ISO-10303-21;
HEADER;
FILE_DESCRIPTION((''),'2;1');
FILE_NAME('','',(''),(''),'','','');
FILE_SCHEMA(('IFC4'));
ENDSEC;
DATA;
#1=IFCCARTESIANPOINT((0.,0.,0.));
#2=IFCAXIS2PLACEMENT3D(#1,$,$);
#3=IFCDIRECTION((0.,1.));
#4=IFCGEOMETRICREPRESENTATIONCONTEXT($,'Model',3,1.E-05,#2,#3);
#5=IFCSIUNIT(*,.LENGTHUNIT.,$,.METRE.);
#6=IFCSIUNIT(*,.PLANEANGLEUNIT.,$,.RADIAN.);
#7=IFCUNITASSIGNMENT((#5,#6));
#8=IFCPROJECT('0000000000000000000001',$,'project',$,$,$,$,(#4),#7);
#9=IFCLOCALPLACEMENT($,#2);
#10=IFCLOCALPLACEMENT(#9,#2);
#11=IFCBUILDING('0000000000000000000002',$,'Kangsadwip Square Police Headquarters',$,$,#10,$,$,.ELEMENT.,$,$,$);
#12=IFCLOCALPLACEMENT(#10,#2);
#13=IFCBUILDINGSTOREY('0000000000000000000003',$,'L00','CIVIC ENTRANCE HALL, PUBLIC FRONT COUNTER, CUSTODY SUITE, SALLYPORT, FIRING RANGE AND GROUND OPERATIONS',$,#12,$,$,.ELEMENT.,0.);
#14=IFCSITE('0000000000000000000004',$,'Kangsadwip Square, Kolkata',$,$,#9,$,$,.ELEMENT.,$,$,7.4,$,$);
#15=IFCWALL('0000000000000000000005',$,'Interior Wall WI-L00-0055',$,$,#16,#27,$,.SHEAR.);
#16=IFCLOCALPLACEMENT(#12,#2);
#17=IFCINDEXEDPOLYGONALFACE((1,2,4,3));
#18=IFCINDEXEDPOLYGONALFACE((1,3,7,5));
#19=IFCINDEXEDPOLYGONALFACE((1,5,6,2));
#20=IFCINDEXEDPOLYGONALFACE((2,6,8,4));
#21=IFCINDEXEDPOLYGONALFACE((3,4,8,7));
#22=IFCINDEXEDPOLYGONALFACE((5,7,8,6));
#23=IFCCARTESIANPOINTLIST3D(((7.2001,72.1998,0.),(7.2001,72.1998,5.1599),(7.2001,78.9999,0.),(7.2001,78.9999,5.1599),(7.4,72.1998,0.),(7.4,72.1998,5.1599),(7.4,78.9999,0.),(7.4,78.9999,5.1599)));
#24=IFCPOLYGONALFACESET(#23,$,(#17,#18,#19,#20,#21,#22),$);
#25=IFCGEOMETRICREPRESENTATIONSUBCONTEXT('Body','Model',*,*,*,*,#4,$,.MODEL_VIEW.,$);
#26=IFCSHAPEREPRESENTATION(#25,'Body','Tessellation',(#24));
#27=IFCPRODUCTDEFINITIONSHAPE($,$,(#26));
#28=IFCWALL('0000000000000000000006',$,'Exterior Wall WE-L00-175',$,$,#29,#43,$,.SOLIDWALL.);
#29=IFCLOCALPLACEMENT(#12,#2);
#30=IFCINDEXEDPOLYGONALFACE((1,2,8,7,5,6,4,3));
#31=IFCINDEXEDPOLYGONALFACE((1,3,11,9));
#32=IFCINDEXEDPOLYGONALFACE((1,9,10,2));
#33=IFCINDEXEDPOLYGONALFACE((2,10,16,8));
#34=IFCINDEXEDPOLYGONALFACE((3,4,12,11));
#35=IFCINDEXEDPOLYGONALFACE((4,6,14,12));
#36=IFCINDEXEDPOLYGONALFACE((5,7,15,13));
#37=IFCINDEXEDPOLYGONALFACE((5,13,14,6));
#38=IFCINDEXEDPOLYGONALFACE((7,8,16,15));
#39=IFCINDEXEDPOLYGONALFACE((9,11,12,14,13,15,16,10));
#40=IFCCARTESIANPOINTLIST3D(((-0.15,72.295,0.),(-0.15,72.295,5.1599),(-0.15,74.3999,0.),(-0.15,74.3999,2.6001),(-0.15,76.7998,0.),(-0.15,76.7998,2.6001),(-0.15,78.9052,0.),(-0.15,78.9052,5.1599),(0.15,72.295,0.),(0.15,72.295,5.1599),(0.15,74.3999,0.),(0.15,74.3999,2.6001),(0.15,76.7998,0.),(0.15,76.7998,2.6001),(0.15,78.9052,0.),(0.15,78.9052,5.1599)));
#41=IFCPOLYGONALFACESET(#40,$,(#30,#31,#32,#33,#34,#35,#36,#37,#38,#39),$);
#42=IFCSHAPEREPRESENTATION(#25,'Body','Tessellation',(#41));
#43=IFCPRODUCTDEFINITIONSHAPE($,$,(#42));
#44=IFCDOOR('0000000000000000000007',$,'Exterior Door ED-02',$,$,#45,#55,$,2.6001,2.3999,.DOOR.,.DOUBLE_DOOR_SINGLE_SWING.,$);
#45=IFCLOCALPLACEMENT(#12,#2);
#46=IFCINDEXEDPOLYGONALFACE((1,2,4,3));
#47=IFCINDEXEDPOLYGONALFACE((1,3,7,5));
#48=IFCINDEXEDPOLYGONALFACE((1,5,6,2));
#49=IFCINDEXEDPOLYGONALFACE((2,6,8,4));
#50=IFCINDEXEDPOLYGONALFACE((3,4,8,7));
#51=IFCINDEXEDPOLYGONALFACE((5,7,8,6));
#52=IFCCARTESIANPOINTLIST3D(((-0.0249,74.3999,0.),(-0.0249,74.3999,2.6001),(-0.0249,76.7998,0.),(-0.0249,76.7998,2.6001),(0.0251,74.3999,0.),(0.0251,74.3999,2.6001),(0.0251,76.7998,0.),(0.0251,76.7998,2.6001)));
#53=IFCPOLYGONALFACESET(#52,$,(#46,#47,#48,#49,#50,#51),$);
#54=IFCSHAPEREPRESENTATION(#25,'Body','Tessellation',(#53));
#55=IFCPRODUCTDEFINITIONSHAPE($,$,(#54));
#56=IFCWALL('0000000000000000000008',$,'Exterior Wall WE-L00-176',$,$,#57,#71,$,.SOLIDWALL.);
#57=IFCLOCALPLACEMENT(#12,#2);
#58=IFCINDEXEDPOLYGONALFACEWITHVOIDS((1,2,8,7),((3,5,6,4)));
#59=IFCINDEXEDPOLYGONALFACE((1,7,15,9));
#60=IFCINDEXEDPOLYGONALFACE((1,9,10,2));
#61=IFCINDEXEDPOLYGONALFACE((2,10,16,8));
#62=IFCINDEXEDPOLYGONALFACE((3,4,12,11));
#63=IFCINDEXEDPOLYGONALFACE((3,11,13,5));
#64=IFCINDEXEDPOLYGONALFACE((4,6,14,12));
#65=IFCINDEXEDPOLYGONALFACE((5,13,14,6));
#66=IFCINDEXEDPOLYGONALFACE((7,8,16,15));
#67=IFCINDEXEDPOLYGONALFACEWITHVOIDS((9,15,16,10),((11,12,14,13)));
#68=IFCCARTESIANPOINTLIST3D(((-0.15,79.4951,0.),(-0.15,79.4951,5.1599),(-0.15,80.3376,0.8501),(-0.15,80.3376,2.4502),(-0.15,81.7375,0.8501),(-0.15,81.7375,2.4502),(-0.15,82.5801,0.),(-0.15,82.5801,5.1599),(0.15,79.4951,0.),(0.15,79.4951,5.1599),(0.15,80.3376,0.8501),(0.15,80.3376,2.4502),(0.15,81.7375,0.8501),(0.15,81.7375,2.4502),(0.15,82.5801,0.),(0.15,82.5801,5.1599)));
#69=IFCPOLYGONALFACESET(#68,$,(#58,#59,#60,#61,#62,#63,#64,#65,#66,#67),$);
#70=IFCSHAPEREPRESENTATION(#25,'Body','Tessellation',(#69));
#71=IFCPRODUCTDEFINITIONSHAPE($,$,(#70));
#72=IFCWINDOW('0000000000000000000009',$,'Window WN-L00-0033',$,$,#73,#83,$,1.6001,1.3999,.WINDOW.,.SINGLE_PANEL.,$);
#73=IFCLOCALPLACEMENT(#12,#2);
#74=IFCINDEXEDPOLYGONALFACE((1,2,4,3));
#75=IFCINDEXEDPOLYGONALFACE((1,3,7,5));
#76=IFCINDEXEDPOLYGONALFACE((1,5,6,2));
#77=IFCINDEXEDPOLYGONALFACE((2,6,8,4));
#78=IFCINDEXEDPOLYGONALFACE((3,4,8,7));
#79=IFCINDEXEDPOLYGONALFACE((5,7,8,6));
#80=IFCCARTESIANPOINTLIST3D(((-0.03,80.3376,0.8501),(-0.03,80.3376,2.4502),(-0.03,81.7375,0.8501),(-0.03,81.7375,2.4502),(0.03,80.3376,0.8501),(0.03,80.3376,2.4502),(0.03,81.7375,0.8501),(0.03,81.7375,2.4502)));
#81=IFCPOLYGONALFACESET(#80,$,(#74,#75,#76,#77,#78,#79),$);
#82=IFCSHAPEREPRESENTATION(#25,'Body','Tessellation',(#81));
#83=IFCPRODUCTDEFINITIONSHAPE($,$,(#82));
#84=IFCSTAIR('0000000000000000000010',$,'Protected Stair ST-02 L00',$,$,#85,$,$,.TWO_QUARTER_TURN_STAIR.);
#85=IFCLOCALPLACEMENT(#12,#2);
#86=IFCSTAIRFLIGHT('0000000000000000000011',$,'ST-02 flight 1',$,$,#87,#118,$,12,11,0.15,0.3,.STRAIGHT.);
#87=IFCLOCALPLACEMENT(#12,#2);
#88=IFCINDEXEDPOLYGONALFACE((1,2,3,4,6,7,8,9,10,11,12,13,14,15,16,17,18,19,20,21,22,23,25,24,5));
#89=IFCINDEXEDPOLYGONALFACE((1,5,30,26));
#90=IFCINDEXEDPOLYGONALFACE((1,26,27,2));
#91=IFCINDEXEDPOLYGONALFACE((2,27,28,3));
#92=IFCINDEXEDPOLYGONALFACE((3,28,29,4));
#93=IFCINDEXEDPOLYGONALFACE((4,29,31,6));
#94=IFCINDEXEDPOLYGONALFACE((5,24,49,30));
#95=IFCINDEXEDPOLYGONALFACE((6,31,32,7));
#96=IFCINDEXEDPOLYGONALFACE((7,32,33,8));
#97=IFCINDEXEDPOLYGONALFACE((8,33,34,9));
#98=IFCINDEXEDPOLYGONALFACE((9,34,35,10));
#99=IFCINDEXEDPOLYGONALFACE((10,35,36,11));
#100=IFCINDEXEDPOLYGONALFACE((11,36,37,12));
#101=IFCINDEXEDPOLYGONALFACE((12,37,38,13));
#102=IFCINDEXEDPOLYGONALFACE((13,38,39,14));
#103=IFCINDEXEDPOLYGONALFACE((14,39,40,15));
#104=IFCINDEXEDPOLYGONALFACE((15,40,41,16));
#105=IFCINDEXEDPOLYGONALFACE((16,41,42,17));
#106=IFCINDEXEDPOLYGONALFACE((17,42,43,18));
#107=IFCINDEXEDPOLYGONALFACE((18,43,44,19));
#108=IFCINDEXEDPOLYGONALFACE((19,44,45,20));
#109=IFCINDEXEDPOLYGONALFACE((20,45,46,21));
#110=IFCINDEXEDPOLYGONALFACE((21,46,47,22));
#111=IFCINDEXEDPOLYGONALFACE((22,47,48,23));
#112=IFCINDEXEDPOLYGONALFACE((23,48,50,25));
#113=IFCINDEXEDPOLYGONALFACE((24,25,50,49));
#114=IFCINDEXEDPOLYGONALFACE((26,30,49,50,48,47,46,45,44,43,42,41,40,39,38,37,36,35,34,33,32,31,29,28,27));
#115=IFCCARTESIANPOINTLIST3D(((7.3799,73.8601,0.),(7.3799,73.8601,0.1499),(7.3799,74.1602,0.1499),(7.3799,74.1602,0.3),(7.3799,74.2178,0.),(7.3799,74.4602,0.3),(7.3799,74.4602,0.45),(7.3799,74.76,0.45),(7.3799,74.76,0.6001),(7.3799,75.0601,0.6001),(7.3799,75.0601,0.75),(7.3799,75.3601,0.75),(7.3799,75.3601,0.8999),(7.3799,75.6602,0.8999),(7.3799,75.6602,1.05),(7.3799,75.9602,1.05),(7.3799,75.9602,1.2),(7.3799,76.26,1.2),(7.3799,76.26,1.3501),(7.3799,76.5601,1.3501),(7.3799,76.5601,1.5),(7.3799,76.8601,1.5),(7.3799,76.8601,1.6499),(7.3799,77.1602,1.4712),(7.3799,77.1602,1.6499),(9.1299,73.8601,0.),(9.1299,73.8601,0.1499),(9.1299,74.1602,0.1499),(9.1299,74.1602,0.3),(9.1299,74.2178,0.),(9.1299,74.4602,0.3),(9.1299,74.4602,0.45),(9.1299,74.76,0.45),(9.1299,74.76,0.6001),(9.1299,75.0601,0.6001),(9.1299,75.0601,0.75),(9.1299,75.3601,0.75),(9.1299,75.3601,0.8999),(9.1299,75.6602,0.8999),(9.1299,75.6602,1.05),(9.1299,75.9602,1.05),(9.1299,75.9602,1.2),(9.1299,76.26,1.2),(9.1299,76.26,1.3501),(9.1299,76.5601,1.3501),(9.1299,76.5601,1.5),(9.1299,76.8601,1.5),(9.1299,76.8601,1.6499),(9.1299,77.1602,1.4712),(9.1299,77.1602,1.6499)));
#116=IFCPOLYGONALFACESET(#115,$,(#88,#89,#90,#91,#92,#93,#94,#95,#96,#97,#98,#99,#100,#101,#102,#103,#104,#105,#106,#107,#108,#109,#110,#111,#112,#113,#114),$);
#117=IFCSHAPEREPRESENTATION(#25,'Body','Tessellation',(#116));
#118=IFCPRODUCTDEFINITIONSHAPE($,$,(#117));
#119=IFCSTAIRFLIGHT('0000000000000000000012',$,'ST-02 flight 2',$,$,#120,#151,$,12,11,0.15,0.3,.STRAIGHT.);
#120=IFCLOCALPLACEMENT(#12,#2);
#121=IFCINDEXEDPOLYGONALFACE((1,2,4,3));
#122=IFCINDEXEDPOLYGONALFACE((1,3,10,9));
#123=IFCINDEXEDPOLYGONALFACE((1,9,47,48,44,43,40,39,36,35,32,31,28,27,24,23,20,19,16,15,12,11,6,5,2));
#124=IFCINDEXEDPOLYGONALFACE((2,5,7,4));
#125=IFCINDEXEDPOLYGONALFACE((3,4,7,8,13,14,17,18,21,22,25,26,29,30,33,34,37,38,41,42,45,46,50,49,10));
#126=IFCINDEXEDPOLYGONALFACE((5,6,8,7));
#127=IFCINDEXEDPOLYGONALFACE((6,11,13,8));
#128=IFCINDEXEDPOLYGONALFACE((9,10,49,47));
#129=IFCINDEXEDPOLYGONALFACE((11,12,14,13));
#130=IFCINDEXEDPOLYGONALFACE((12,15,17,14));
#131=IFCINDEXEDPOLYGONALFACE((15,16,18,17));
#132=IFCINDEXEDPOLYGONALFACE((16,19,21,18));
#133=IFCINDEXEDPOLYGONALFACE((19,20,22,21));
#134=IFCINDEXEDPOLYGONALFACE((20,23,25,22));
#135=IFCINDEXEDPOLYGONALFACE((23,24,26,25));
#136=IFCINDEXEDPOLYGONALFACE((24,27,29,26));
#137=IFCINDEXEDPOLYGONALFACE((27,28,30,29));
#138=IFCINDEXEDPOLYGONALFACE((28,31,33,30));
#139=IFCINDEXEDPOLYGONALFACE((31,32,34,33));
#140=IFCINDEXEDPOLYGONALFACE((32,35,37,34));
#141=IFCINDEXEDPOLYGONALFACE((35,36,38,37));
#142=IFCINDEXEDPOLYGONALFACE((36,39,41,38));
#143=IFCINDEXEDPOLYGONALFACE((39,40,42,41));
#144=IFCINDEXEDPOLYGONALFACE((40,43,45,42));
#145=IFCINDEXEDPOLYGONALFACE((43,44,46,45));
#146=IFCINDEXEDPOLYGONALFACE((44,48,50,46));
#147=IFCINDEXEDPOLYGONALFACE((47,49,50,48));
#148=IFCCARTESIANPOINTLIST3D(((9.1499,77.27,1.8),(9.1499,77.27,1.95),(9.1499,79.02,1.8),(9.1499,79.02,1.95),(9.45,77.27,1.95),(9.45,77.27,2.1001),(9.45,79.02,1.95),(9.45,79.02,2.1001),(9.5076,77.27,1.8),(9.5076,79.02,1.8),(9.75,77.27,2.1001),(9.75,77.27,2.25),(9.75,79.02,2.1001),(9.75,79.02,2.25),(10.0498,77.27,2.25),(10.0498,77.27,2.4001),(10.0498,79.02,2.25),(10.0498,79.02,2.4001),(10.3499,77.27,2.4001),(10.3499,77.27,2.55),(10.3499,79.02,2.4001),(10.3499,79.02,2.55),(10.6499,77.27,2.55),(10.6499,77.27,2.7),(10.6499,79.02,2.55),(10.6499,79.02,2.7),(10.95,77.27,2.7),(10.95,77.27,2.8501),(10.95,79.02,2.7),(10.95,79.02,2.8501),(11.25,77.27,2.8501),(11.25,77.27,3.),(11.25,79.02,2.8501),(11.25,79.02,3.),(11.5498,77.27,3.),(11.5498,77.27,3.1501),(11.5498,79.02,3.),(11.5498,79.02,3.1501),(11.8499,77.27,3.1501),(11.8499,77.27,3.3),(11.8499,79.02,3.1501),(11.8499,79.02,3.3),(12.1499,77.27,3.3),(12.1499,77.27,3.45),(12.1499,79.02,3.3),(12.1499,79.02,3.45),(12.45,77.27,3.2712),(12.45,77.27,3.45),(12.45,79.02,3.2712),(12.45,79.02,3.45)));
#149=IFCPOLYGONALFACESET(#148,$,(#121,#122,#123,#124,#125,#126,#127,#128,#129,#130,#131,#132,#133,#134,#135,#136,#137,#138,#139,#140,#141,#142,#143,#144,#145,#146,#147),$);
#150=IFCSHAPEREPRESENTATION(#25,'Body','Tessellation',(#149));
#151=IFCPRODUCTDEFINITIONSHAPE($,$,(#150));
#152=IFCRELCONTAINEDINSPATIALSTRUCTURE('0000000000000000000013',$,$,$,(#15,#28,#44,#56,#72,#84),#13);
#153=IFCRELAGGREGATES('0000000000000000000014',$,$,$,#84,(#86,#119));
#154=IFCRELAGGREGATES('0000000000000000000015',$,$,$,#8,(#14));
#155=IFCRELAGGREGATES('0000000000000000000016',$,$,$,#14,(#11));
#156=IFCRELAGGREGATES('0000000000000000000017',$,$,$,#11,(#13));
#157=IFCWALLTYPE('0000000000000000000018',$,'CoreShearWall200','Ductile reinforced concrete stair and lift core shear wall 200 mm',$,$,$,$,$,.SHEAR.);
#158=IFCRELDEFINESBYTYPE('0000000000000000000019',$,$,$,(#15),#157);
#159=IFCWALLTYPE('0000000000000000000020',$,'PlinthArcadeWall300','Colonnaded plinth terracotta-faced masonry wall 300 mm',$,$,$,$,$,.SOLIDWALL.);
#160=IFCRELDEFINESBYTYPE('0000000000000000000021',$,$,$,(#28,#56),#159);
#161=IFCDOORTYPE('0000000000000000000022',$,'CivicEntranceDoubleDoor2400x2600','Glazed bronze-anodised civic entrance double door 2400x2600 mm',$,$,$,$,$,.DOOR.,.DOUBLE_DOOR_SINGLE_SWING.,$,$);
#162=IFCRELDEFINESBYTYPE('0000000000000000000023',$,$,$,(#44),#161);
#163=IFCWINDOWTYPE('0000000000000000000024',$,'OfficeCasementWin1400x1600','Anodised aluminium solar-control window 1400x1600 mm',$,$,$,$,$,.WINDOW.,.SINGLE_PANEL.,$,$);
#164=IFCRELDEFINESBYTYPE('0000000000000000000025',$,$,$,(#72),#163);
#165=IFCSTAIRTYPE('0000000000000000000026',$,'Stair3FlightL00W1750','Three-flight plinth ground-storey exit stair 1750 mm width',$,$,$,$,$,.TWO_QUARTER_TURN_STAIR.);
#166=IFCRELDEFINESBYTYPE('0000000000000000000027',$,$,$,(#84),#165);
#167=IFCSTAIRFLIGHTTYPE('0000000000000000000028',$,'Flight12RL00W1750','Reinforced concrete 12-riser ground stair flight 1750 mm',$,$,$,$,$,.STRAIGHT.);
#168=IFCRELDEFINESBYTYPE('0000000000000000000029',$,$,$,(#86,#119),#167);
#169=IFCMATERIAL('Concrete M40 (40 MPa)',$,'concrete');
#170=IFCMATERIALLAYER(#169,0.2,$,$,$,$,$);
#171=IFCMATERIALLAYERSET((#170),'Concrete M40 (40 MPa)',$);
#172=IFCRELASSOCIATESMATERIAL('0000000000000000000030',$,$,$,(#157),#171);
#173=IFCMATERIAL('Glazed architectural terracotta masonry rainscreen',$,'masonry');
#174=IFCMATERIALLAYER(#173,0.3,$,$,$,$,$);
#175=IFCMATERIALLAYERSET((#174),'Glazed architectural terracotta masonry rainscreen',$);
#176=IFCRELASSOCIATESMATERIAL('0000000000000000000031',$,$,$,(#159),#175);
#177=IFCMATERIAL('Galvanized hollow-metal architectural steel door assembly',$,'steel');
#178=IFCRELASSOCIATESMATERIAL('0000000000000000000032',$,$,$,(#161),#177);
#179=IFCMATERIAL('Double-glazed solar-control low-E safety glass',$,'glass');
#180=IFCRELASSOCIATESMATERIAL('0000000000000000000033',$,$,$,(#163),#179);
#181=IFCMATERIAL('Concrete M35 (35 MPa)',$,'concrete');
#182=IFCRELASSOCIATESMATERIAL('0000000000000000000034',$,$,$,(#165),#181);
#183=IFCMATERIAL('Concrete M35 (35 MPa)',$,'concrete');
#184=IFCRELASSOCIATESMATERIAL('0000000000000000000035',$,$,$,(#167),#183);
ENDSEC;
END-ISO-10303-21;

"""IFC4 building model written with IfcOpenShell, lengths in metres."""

from ifc_helpers import new_model, si_unit, direction, frame, frame_2d, origin, place, context, subcontext, project, spatial, polyline, rectangle, outline, extrude, material, layer, layer_set, type_object, element, fill, aggregate, save


model = new_model("IFC4")

# Units and contexts
model_context = context("Model", 3, precision=1e-05, world=origin(), true_north=direction((0.0, 1.0)))
body_context = subcontext(model_context, "Body", "Model", "MODEL_VIEW")
ifc_project = project(units=[si_unit("LENGTHUNIT", "METRE"), si_unit("PLANEANGLEUNIT", "RADIAN")], contexts=[model_context])

# Site, building, storey
site_placement = place(None, origin())
site = spatial("IfcSite", under=ifc_project, at=site_placement, Name="Kangsadwip Square, Kolkata", CompositionType="ELEMENT", RefElevation=7.4)
building_placement = place(site_placement, origin())
building = spatial("IfcBuilding", under=site, at=building_placement, Name="Kangsadwip Square Police Headquarters", CompositionType="ELEMENT")
storey_placement = place(building_placement, origin())
storey = spatial("IfcBuildingStorey", under=building, at=storey_placement, Name="L00", Description="CIVIC ENTRANCE HALL, PUBLIC FRONT COUNTER, CUSTODY SUITE, SALLYPORT, FIRING RANGE AND GROUND OPERATIONS", CompositionType="ELEMENT", Elevation=0.0)

# Shared definitions
ifc_material_1 = material(Name="Concrete M40 (40 MPa)", Category="concrete")
ifc_layer_1 = layer(ifc_material_1, 0.2)
ifc_layer_set_1 = layer_set([ifc_layer_1], Name="Concrete M40 (40 MPa)")
wall_type_1 = type_object("IfcWallType", Name="CoreShearWall200", Description="Ductile reinforced concrete stair and lift core shear wall 200 mm", PredefinedType="SHEAR", material=ifc_layer_set_1)

# Wall
for number, where, z_axis, x_axis, name in (
    (1, (7.3, 72.2, 0.0), (0.0, 0.0, 1.0), (0.0, 1.0, 0.0), "Interior Wall WI-L00-0055"),
):
    element("IfcWall", number, at=place(storey_placement, frame(where, z_axis=z_axis, x_axis=x_axis)), inside=storey, type_object=wall_type_1, Name=name, PredefinedType="SHEAR", context=body_context, shape_type="SweptSolid", body=[
        extrude(rectangle(XDim=6.8, YDim=0.2, at=frame_2d((3.3999, 0.0))), origin(), (0.0, 0.0, 1.0), 5.1599),
    ])

# Wall, opening, door
ifc_material_2 = material(Name="Glazed architectural terracotta masonry rainscreen", Category="masonry")
ifc_layer_2 = layer(ifc_material_2, 0.3)
ifc_layer_set_2 = layer_set([ifc_layer_2], Name="Glazed architectural terracotta masonry rainscreen")
wall_type_2 = type_object("IfcWallType", Name="PlinthArcadeWall300", Description="Colonnaded plinth terracotta-faced masonry wall 300 mm", PredefinedType="SOLIDWALL", material=ifc_layer_set_2)
wall_1_placement = place(storey_placement, frame((0.0, 72.2949, 0.0), z_axis=(0.0, 0.0, 1.0), x_axis=(0.0, 1.0, 0.0)))
wall_1 = element("IfcWall", 2, at=wall_1_placement, inside=storey, type_object=wall_type_2, Name="Exterior Wall WE-L00-175", PredefinedType="SOLIDWALL", context=body_context, shape_type="SweptSolid", body=[
    extrude(rectangle(XDim=6.6101, YDim=0.3, at=frame_2d((3.3052, 0.0))), origin(), (0.0, 0.0, 1.0), 5.1599),
])
opening_1_placement = place(wall_1_placement, frame((2.105, 0.0, 0.0)))
opening_1 = element("IfcOpeningElement", 3, at=opening_1_placement, cuts=wall_1, PredefinedType="OPENING", context=body_context, shape_type="SweptSolid", body=[
    extrude(rectangle(XDim=2.3999, YDim=2.6001, at=frame_2d((1.2, 1.3))), frame((0.0, 0.1599, 0.0), z_axis=(0.0, -1.0, 0.0), x_axis=(1.0, 0.0, 0.0)), (0.0, 0.0, 1.0), 0.3201),
])
ifc_material_3 = material(Name="Galvanized hollow-metal architectural steel door assembly", Category="steel")
door_type_1 = type_object("IfcDoorType", Name="CivicEntranceDoubleDoor2400x2600", Description="Glazed bronze-anodised civic entrance double door 2400x2600 mm", OperationType="DOUBLE_DOOR_SINGLE_SWING", PredefinedType="DOOR", material=ifc_material_3)
door_1_placement = place(opening_1_placement, origin())
door_1 = element("IfcDoor", 4, at=door_1_placement, inside=storey, type_object=door_type_1, Name="Exterior Door ED-02", OperationType="DOUBLE_DOOR_SINGLE_SWING", OverallHeight=2.6001, OverallWidth=2.3999, PredefinedType="DOOR", context=body_context, shape_type="SweptSolid", body=[
    extrude(rectangle(XDim=2.3999, YDim=2.6001, at=frame_2d((1.2, 1.3))), frame((0.0, 0.0249, 0.0), z_axis=(0.0, -1.0, 0.0), x_axis=(1.0, 0.0, 0.0)), (0.0, 0.0, 1.0), 0.05),
])
fill(opening_1, door_1)

# Wall, opening, window
wall_2_placement = place(storey_placement, frame((0.0, 79.4951, 0.0), z_axis=(0.0, 0.0, 1.0), x_axis=(0.0, 1.0, 0.0)))
wall_2 = element("IfcWall", 5, at=wall_2_placement, inside=storey, type_object=wall_type_2, Name="Exterior Wall WE-L00-176", PredefinedType="SOLIDWALL", context=body_context, shape_type="SweptSolid", body=[
    extrude(rectangle(XDim=3.085, YDim=0.3, at=frame_2d((1.5425, 0.0))), origin(), (0.0, 0.0, 1.0), 5.1599),
])
opening_2_placement = place(wall_2_placement, frame((0.8425, 0.0, 0.8501)))
opening_2 = element("IfcOpeningElement", 6, at=opening_2_placement, cuts=wall_2, PredefinedType="OPENING", context=body_context, shape_type="SweptSolid", body=[
    extrude(rectangle(XDim=1.3999, YDim=1.6001, at=frame_2d((0.7, 0.8))), frame((0.0, 0.1599, 0.0), z_axis=(0.0, -1.0, 0.0), x_axis=(1.0, 0.0, 0.0)), (0.0, 0.0, 1.0), 0.3201),
])
ifc_material_4 = material(Name="Double-glazed solar-control low-E safety glass", Category="glass")
window_type = type_object("IfcWindowType", Name="OfficeCasementWin1400x1600", Description="Anodised aluminium solar-control window 1400x1600 mm", PartitioningType="SINGLE_PANEL", PredefinedType="WINDOW", material=ifc_material_4)
window_placement = place(opening_2_placement, origin())
window = element("IfcWindow", 7, at=window_placement, inside=storey, type_object=window_type, Name="Window WN-L00-0033", OverallHeight=1.6001, OverallWidth=1.3999, PartitioningType="SINGLE_PANEL", PredefinedType="WINDOW", context=body_context, shape_type="SweptSolid", body=[
    extrude(rectangle(XDim=1.3999, YDim=1.6001, at=frame_2d((0.7, 0.8))), frame((0.0, 0.03, 0.0), z_axis=(0.0, -1.0, 0.0), x_axis=(1.0, 0.0, 0.0)), (0.0, 0.0, 1.0), 0.0601),
])
fill(opening_2, window)

# Stair, stair flights
ifc_material_5 = material(Name="Concrete M35 (35 MPa)", Category="concrete")
stair_type = type_object("IfcStairType", Name="Stair3FlightL00W1750", Description="Three-flight plinth ground-storey exit stair 1750 mm width", PredefinedType="TWO_QUARTER_TURN_STAIR", material=ifc_material_5)
stair_placement = place(storey_placement, origin())
stair = element("IfcStair", 8, at=stair_placement, inside=storey, type_object=stair_type, Name="Protected Stair ST-02 L00", PredefinedType="TWO_QUARTER_TURN_STAIR")
ifc_material_6 = material(Name="Concrete M35 (35 MPa)", Category="concrete")
stair_flight_type = type_object("IfcStairFlightType", Name="Flight12RL00W1750", Description="Reinforced concrete 12-riser ground stair flight 1750 mm", PredefinedType="STRAIGHT", material=ifc_material_6)
stair_flight_1_placement = place(storey_placement, frame((8.2549, 73.8601, 0.0), z_axis=(0.0, 0.0, 1.0), x_axis=(0.0, 1.0, 0.0)))
stair_flight_1 = element("IfcStairFlight", 9, at=stair_flight_1_placement, type_object=stair_flight_type, Name="ST-02 flight 1", NumberOfRisers=12, NumberOfTreads=11, PredefinedType="STRAIGHT", RiserHeight=0.15, TreadLength=0.3, context=body_context, shape_type="SweptSolid", body=[
    extrude(outline(polyline([(0.0, 0.0), (0.0, 0.1499), (0.3, 0.1499), (0.3, 0.3), (0.6001, 0.3), (0.6001, 0.45), (0.8999, 0.45), (0.8999, 0.6001), (1.2, 0.6001), (1.2, 0.75), (1.5, 0.75), (1.5, 0.8999), (1.8, 0.8999), (1.8, 1.05), (2.1001, 1.05), (2.1001, 1.2), (2.3999, 1.2), (2.3999, 1.3501), (2.7, 1.3501), (2.7, 1.5), (3.0, 1.5), (3.0, 1.6499), (3.3, 1.6499), (3.3, 1.8), (3.3, 1.4712), (0.3577, 0.0), (0.0, 0.0)])), frame((0.0, 0.875, 0.0), z_axis=(0.0, -1.0, 0.0), x_axis=(1.0, 0.0, 0.0)), (0.0, 0.0, 1.0), 1.75),
])
stair_flight_2_placement = place(storey_placement, frame((9.1499, 78.145, 1.8), z_axis=(0.0, 0.0, 1.0), x_axis=(1.0, 0.0, 0.0)))
stair_flight_2 = element("IfcStairFlight", 10, at=stair_flight_2_placement, type_object=stair_flight_type, Name="ST-02 flight 2", NumberOfRisers=12, NumberOfTreads=11, PredefinedType="STRAIGHT", RiserHeight=0.15, TreadLength=0.3, context=body_context, shape_type="SweptSolid", body=[
    extrude(outline(polyline([(0.0, 0.0), (0.0, 0.1499), (0.3, 0.1499), (0.3, 0.3), (0.6001, 0.3), (0.6001, 0.45), (0.8999, 0.45), (0.8999, 0.6001), (1.2, 0.6001), (1.2, 0.75), (1.5, 0.75), (1.5, 0.8999), (1.8, 0.8999), (1.8, 1.05), (2.1001, 1.05), (2.1001, 1.2), (2.3999, 1.2), (2.3999, 1.3501), (2.7, 1.3501), (2.7, 1.5), (3.0, 1.5), (3.0, 1.6499), (3.3, 1.6499), (3.3, 1.8), (3.3, 1.4712), (0.3577, 0.0), (0.0, 0.0)])), frame((0.0, 0.875, 0.0), z_axis=(0.0, -1.0, 0.0), x_axis=(1.0, 0.0, 0.0)), (0.0, 0.0, 1.0), 1.75),
])
aggregate(stair, [stair_flight_1, stair_flight_2])

save(model, "model.ifc")
